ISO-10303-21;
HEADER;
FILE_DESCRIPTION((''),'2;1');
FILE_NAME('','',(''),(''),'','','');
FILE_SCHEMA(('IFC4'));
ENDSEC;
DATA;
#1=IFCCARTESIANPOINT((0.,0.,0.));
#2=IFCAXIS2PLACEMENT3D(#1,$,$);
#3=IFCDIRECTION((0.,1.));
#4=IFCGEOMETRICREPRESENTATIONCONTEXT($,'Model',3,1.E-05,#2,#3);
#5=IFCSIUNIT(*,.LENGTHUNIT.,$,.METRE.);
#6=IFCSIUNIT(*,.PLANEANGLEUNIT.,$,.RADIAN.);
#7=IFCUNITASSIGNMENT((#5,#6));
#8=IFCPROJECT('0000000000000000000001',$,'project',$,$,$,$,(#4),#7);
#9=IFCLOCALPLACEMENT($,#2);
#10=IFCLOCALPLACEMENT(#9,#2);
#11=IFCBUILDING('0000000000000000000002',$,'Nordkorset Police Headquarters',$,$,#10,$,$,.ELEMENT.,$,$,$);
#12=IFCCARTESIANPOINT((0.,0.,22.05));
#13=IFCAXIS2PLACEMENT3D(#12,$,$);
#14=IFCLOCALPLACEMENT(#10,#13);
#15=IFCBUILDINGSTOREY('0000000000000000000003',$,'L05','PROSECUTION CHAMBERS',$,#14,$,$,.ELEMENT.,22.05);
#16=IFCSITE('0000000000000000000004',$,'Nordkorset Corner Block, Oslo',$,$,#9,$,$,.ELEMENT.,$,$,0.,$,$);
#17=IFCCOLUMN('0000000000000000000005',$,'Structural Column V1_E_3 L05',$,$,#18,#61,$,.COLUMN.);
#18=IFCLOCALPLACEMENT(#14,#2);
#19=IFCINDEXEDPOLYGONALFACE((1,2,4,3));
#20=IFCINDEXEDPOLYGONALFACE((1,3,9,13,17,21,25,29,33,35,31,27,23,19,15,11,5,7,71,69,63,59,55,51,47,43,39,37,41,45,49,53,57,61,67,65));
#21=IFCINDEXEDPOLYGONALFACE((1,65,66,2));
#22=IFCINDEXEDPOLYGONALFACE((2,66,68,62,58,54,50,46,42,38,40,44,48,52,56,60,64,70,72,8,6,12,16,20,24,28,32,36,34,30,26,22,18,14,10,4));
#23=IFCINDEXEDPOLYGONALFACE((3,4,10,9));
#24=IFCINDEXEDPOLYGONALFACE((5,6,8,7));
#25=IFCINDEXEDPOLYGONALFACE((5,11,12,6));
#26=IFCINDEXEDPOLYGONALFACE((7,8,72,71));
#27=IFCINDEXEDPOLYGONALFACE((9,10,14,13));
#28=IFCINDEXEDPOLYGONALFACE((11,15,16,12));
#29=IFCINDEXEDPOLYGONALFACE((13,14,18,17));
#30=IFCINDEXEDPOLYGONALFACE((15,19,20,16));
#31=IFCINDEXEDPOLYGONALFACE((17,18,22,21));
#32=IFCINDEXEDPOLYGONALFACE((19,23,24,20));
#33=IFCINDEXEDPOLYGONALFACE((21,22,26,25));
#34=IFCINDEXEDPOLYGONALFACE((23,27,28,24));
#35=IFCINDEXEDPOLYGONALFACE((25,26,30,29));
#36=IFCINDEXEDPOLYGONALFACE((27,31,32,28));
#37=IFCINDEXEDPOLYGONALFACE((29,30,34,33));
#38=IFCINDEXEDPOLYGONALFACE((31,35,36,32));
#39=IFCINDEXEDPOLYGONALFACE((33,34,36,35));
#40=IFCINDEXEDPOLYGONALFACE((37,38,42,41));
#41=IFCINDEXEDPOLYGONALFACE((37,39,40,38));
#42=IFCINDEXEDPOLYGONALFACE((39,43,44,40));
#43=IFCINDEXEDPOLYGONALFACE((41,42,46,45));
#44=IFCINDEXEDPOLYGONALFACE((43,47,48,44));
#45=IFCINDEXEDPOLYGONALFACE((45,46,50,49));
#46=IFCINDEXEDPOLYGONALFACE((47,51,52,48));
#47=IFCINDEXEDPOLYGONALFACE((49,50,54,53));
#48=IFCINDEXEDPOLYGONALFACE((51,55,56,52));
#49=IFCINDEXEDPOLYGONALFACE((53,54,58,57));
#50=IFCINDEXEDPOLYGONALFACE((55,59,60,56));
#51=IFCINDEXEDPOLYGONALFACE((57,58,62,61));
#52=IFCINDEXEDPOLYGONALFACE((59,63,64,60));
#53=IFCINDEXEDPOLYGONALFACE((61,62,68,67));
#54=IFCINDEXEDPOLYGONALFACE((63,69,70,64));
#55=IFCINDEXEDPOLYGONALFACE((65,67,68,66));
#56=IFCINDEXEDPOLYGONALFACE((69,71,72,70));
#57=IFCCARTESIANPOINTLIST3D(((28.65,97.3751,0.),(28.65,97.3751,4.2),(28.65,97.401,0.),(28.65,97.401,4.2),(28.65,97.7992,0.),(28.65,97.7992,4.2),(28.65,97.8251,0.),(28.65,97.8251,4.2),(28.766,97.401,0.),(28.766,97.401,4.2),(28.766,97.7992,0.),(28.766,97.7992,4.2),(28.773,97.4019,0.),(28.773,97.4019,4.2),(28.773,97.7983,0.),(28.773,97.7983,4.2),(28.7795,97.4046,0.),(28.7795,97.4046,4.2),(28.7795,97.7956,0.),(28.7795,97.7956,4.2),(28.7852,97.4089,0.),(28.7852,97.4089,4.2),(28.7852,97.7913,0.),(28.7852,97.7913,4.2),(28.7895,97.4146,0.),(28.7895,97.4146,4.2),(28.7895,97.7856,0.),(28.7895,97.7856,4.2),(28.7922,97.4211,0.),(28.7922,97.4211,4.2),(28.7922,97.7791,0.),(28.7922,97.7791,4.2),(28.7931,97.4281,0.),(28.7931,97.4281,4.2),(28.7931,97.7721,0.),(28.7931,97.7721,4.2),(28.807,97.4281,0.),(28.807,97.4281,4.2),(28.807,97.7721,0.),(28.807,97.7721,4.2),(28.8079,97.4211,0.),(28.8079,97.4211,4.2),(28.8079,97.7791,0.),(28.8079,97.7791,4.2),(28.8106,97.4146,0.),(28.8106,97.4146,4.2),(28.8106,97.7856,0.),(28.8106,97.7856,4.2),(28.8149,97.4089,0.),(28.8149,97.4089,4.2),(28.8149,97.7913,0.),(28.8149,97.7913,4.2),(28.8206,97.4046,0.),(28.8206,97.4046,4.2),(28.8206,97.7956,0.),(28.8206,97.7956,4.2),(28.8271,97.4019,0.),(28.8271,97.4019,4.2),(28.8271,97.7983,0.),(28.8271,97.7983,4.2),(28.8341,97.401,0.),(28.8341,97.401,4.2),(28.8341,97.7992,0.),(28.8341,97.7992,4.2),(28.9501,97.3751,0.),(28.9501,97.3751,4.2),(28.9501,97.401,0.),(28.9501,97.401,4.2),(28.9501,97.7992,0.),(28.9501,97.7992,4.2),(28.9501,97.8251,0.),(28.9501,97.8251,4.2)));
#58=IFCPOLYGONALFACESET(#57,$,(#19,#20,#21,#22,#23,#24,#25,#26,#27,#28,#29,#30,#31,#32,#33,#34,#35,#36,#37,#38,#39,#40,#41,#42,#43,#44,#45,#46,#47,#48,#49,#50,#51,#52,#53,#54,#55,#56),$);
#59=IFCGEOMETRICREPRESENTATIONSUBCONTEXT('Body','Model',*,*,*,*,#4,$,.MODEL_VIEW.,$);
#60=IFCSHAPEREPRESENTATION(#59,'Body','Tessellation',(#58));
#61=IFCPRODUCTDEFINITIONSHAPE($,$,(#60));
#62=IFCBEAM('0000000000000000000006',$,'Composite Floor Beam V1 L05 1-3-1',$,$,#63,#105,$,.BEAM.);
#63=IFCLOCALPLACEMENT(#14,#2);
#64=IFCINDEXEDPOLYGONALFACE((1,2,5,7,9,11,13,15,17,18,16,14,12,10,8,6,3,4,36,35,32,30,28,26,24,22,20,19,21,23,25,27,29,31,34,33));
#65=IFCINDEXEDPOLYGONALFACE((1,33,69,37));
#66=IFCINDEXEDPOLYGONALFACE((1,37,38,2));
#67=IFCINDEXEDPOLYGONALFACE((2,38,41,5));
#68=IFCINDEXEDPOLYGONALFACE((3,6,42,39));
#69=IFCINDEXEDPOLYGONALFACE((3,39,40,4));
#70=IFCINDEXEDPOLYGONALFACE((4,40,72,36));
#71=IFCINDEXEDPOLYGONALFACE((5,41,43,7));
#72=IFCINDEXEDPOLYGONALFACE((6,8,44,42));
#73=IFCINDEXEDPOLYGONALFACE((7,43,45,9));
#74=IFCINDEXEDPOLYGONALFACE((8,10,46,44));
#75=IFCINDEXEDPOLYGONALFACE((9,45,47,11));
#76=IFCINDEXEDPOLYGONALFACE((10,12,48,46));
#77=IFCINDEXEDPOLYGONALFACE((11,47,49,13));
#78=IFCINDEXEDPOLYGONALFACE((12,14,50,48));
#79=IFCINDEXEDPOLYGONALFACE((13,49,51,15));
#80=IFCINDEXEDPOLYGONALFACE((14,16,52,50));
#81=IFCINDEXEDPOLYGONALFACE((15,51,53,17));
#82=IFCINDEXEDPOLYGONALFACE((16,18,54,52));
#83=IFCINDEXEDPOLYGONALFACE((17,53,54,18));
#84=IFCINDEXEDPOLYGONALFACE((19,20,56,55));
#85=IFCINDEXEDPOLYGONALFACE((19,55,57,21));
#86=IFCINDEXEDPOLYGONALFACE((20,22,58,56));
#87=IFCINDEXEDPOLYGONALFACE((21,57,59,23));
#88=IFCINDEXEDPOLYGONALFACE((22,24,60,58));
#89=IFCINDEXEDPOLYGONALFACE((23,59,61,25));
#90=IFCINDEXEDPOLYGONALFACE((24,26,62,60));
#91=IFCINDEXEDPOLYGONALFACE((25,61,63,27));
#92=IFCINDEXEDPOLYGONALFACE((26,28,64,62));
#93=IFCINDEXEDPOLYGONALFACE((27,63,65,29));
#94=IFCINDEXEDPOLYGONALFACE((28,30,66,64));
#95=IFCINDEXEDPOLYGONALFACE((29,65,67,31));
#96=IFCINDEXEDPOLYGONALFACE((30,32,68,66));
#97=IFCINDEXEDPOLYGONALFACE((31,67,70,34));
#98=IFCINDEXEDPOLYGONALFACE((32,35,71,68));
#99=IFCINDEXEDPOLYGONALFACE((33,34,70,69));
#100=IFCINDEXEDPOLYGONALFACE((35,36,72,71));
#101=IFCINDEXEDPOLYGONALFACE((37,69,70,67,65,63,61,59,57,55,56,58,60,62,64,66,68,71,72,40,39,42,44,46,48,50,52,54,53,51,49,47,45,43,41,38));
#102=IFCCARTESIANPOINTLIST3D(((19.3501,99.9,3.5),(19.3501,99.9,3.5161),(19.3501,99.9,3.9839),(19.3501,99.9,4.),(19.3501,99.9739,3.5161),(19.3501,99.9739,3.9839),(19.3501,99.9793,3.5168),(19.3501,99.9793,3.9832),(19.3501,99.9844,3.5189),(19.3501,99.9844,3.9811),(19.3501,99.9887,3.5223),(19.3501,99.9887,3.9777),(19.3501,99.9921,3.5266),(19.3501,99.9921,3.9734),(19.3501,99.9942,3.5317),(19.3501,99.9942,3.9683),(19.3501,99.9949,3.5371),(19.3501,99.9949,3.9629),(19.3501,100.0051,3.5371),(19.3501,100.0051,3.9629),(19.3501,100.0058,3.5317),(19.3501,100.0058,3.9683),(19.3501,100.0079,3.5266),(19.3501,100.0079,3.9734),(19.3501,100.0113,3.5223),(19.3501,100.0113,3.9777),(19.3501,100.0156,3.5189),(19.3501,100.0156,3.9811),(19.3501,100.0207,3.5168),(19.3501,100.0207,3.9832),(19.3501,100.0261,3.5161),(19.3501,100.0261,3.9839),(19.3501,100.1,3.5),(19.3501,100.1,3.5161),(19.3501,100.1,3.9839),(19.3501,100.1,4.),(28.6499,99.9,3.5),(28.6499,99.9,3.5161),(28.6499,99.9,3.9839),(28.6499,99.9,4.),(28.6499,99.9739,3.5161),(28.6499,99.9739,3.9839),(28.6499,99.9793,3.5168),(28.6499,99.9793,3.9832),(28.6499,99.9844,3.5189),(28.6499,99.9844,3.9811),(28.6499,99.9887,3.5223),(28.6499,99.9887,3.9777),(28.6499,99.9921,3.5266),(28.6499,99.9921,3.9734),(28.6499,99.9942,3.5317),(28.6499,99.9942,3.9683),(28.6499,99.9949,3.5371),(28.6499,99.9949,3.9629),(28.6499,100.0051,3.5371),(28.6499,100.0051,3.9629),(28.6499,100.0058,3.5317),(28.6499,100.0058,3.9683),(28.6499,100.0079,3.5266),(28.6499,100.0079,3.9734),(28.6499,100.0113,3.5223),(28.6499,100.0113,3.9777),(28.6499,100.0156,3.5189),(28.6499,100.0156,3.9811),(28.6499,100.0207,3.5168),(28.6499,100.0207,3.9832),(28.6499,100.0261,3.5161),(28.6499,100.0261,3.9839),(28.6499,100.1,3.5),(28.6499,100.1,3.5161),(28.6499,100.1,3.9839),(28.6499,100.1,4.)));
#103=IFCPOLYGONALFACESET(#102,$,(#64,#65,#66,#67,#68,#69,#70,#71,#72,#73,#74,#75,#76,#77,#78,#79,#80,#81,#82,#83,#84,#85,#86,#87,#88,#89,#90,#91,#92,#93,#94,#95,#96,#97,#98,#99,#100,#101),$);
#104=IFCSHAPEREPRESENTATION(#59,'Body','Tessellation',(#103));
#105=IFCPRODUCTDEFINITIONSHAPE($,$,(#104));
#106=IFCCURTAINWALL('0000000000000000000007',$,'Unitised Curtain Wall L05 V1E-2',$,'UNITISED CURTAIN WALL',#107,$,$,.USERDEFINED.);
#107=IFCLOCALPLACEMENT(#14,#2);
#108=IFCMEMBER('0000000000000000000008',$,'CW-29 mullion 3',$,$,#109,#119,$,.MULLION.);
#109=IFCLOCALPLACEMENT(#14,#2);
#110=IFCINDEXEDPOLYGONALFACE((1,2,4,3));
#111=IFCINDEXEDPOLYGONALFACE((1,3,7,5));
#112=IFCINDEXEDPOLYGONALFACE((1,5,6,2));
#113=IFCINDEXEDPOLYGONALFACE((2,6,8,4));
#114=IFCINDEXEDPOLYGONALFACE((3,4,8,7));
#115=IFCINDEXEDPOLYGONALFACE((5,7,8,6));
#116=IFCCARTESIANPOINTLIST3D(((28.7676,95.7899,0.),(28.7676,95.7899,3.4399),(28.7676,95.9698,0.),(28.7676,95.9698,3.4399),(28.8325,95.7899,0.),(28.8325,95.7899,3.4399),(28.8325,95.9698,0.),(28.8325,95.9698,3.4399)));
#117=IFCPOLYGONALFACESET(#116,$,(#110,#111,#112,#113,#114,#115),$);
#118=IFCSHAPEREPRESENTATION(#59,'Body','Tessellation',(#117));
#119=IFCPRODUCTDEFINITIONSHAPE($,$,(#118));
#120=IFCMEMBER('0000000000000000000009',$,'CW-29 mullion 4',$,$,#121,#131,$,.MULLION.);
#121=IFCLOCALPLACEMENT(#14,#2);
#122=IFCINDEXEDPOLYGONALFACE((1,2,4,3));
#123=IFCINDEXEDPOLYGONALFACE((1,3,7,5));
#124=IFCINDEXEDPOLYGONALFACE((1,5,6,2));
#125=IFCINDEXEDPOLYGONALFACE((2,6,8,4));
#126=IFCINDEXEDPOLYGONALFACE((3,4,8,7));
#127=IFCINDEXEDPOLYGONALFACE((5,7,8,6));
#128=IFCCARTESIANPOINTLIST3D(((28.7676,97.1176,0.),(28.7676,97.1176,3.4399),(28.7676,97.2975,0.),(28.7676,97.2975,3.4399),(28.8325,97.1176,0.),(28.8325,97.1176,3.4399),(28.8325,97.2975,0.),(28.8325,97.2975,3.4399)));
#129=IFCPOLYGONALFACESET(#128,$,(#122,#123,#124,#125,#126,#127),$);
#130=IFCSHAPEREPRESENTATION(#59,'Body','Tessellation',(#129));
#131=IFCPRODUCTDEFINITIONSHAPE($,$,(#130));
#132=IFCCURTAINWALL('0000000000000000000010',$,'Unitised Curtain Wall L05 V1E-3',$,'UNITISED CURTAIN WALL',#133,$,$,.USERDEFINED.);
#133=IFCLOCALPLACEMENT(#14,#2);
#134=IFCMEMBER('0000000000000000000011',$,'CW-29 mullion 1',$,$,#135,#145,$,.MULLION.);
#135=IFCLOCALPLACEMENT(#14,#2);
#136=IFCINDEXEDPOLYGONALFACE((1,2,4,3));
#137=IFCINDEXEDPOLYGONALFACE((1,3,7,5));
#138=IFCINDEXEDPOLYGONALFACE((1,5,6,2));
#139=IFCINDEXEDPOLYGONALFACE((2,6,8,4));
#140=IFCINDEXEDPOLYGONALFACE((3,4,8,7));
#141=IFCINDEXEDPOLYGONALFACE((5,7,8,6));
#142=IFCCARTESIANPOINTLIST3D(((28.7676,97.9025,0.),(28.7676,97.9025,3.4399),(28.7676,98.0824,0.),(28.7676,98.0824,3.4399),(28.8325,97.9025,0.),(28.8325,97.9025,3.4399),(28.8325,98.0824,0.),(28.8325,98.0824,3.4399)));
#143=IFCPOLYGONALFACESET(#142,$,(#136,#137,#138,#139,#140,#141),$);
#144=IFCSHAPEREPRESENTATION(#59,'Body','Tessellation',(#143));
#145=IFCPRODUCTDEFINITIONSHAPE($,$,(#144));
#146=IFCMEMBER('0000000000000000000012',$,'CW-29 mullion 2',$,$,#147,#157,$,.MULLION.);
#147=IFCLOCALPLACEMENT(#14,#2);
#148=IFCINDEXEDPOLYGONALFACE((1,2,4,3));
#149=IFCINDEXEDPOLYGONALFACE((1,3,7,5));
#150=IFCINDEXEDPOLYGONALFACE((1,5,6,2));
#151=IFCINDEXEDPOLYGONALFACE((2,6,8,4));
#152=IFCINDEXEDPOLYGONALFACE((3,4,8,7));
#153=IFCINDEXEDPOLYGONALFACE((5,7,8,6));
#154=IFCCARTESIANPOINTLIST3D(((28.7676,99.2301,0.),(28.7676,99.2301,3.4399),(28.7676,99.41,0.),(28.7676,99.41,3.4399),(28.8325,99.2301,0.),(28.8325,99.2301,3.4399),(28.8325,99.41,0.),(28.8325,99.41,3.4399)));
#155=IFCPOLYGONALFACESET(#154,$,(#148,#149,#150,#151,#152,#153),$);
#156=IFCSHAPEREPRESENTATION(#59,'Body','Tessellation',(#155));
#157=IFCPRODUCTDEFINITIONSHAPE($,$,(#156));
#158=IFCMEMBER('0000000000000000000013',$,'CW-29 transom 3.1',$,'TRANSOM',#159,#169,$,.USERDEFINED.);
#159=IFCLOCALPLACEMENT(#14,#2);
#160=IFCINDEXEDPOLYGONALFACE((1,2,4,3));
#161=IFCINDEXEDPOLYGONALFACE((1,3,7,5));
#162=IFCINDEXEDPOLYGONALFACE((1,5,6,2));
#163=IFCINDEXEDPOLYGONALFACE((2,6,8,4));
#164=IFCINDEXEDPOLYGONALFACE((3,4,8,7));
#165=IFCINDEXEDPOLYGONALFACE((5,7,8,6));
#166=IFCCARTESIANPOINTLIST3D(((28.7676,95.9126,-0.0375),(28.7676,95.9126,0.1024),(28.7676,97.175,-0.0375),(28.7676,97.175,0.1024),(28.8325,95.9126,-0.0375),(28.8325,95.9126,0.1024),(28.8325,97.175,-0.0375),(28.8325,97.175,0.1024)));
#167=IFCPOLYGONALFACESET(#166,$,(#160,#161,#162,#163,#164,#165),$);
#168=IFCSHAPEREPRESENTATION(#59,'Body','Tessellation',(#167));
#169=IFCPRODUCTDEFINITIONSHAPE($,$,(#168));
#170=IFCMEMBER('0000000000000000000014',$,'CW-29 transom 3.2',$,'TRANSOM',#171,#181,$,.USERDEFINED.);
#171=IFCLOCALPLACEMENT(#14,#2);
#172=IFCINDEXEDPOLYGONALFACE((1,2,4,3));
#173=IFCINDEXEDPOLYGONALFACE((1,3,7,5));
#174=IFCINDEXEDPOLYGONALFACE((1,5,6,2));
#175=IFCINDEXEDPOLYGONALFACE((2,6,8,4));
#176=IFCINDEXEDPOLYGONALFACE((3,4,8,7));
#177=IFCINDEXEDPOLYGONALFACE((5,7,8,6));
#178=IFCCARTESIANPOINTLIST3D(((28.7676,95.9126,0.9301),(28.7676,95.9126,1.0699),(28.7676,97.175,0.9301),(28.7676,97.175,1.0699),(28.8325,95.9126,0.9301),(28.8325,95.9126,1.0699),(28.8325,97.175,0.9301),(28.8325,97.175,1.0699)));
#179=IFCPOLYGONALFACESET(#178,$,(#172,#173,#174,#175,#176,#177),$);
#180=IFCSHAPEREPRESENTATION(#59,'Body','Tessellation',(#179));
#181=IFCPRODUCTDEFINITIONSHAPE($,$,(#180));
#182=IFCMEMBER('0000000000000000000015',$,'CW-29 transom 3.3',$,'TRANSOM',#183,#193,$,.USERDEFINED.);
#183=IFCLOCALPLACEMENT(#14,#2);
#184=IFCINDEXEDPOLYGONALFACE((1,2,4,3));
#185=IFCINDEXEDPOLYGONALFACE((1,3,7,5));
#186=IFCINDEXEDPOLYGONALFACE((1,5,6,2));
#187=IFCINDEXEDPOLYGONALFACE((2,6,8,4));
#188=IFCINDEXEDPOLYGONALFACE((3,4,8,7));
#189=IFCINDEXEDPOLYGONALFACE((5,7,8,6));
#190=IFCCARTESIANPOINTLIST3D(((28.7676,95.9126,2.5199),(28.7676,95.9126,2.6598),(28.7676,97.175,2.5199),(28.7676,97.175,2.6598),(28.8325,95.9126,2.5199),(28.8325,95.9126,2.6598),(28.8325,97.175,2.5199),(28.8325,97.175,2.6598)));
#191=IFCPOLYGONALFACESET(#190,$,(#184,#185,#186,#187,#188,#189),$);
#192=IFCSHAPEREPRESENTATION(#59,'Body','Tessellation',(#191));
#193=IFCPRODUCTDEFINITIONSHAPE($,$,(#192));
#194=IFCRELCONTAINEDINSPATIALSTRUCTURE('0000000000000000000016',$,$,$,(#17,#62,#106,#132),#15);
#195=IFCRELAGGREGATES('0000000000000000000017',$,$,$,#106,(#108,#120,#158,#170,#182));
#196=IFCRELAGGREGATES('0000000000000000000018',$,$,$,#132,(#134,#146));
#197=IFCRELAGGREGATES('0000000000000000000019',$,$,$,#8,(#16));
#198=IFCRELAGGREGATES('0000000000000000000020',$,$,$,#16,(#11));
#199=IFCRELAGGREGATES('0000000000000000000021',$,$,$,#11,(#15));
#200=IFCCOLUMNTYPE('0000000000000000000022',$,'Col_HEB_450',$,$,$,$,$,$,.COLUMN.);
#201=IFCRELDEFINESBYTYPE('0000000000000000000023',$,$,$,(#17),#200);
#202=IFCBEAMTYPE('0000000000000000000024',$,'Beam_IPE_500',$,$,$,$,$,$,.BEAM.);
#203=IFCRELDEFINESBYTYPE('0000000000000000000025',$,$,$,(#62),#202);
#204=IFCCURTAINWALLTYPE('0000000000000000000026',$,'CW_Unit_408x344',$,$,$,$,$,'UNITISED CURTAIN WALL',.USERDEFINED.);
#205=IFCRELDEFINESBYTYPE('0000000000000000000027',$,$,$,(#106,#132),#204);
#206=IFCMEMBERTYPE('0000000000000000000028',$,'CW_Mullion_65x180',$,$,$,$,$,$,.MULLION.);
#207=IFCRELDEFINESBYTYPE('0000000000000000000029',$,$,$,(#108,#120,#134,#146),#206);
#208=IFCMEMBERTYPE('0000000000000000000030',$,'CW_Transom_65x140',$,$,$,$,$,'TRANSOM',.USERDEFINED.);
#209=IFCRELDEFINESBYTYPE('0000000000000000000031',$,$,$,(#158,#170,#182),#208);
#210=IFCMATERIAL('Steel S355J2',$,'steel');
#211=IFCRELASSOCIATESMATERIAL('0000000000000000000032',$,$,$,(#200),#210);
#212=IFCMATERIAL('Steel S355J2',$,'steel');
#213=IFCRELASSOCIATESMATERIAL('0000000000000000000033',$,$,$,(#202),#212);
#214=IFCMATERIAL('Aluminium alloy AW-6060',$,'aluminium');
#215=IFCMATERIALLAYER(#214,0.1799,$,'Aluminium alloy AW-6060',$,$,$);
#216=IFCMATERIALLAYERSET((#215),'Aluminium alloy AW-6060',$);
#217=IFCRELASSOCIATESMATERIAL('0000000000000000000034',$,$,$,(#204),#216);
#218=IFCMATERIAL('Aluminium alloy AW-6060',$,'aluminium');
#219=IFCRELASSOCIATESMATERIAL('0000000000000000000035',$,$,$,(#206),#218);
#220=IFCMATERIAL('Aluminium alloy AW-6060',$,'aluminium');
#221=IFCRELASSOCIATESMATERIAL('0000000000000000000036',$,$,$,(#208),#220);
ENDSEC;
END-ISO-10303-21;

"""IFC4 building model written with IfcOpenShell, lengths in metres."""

from ifc_helpers import new_model, si_unit, direction, frame, origin, origin_2d, place, context, subcontext, project, spatial, rectangle, i_section, extrude, material, layer, layer_set, material_profile, profile_set, type_object, element, aggregate, save


model = new_model("IFC4")

# Units and contexts
model_context = context("Model", 3, precision=1e-05, world=origin(), true_north=direction((0.0, 1.0)))
body_context = subcontext(model_context, "Body", "Model", "MODEL_VIEW")
ifc_project = project(units=[si_unit("LENGTHUNIT", "METRE"), si_unit("PLANEANGLEUNIT", "RADIAN")], contexts=[model_context])

# Site, building, storey
site_placement = place(None, origin())
site = spatial("IfcSite", under=ifc_project, at=site_placement, Name="Nordkorset Corner Block, Oslo", CompositionType="ELEMENT", RefElevation=0.0)
building_placement = place(site_placement, origin())
building = spatial("IfcBuilding", under=site, at=building_placement, Name="Nordkorset Police Headquarters", CompositionType="ELEMENT")
storey_placement = place(building_placement, frame((0.0, 0.0, 22.05)))
storey = spatial("IfcBuildingStorey", under=building, at=storey_placement, Name="L05", Description="PROSECUTION CHAMBERS", CompositionType="ELEMENT", Elevation=22.05)

# Column
ifc_material_1 = material(Name="Steel S355J2", Category="steel")
ifc_material_profile_1 = material_profile(ifc_material_1, i_section(OverallWidth=0.3, OverallDepth=0.45, WebThickness=0.0139, FlangeThickness=0.0259, FilletRadius=0.0271, at=origin_2d()), Name="HEB 450")
ifc_profile_set_1 = profile_set([ifc_material_profile_1], Name="Steel S355J2")
column_type = type_object("IfcColumnType", Name="Col_HEB_450", PredefinedType="COLUMN", material=ifc_profile_set_1)
column_placement = place(storey_placement, frame((28.8, 97.6001, 0.0), z_axis=(0.0, 0.0, 1.0), x_axis=(1.0, 0.0, 0.0)))
element("IfcColumn", 1, at=column_placement, inside=storey, type_object=column_type, Name="Structural Column V1_E_3 L05", PredefinedType="COLUMN", context=body_context, shape_type="SweptSolid", body=[
    extrude(i_section(OverallWidth=0.3, OverallDepth=0.45, WebThickness=0.0139, FlangeThickness=0.0259, FilletRadius=0.0271, at=origin_2d()), origin(), (0.0, 0.0, 1.0), 4.2),
])

# Beam
ifc_material_2 = material(Name="Steel S355J2", Category="steel")
ifc_material_profile_2 = material_profile(ifc_material_2, i_section(OverallWidth=0.2, OverallDepth=0.5, WebThickness=0.0103, FlangeThickness=0.0161, FilletRadius=0.021, at=origin_2d()), Name="IPE 500")
ifc_profile_set_2 = profile_set([ifc_material_profile_2], Name="Steel S355J2")
beam_type_1 = type_object("IfcBeamType", Name="Beam_IPE_500", PredefinedType="BEAM", material=ifc_profile_set_2)
beam_1_placement = place(storey_placement, frame((19.3501, 100.0, 3.75), z_axis=(1.0, 0.0, 0.0), x_axis=(0.0, 1.0, 0.0)))
element("IfcBeam", 2, at=beam_1_placement, inside=storey, type_object=beam_type_1, Name="Composite Floor Beam V1 L05 1-3-1", PredefinedType="BEAM", context=body_context, shape_type="SweptSolid", body=[
    extrude(i_section(OverallWidth=0.2, OverallDepth=0.5, WebThickness=0.0103, FlangeThickness=0.0161, FilletRadius=0.021, at=origin_2d()), origin(), (0.0, 0.0, 1.0), 9.2998),
])

# Curtain walls, members
ifc_material_3 = material(Name="Aluminium alloy AW-6060", Category="aluminium")
ifc_layer_1 = layer(ifc_material_3, 0.1799, Name="Aluminium alloy AW-6060")
ifc_layer_set_1 = layer_set([ifc_layer_1], Name="Aluminium alloy AW-6060")
curtain_wall_type = type_object("IfcCurtainWallType", Name="CW_Unit_408x344", ElementType="UNITISED CURTAIN WALL", PredefinedType="USERDEFINED", material=ifc_layer_set_1)
curtain_wall_1_placement = place(storey_placement, origin())
curtain_wall_1 = element("IfcCurtainWall", 3, at=curtain_wall_1_placement, inside=storey, type_object=curtain_wall_type, Name="Unitised Curtain Wall L05 V1E-2", ObjectType="UNITISED CURTAIN WALL", PredefinedType="USERDEFINED")
ifc_material_4 = material(Name="Aluminium alloy AW-6060", Category="aluminium")
ifc_material_profile_3 = material_profile(ifc_material_4, rectangle(XDim=0.0649, YDim=0.1799, at=origin_2d()), Name="ALU MULL 65x180")
ifc_profile_set_3 = profile_set([ifc_material_profile_3], Name="Aluminium alloy AW-6060")
member_type_1 = type_object("IfcMemberType", Name="CW_Mullion_65x180", PredefinedType="MULLION", material=ifc_profile_set_3)
member_1_placement = place(storey_placement, frame((28.8, 95.8799, 0.0), z_axis=(0.0, 0.0, 1.0), x_axis=(-1.0, 0.0, 0.0)))
member_1 = element("IfcMember", 4, at=member_1_placement, type_object=member_type_1, Name="CW-29 mullion 3", PredefinedType="MULLION", context=body_context, shape_type="SweptSolid", body=[
    extrude(rectangle(XDim=0.0649, YDim=0.1799, at=origin_2d()), origin(), (0.0, 0.0, 1.0), 3.4399),
])
member_2_placement = place(storey_placement, frame((28.8, 97.2075, 0.0), z_axis=(0.0, 0.0, 1.0), x_axis=(-1.0, 0.0, 0.0)))
member_2 = element("IfcMember", 5, at=member_2_placement, type_object=member_type_1, Name="CW-29 mullion 4", PredefinedType="MULLION", context=body_context, shape_type="SweptSolid", body=[
    extrude(rectangle(XDim=0.0649, YDim=0.1799, at=origin_2d()), origin(), (0.0, 0.0, 1.0), 3.4399),
])
curtain_wall_2_placement = place(storey_placement, origin())
curtain_wall_2 = element("IfcCurtainWall", 6, at=curtain_wall_2_placement, inside=storey, type_object=curtain_wall_type, Name="Unitised Curtain Wall L05 V1E-3", ObjectType="UNITISED CURTAIN WALL", PredefinedType="USERDEFINED")
member_3_placement = place(storey_placement, frame((28.8, 97.9924, 0.0), z_axis=(0.0, 0.0, 1.0), x_axis=(-1.0, 0.0, 0.0)))
member_3 = element("IfcMember", 7, at=member_3_placement, type_object=member_type_1, Name="CW-29 mullion 1", PredefinedType="MULLION", context=body_context, shape_type="SweptSolid", body=[
    extrude(rectangle(XDim=0.0649, YDim=0.1799, at=origin_2d()), origin(), (0.0, 0.0, 1.0), 3.4399),
])
member_4_placement = place(storey_placement, frame((28.8, 99.3201, 0.0), z_axis=(0.0, 0.0, 1.0), x_axis=(-1.0, 0.0, 0.0)))
member_4 = element("IfcMember", 8, at=member_4_placement, type_object=member_type_1, Name="CW-29 mullion 2", PredefinedType="MULLION", context=body_context, shape_type="SweptSolid", body=[
    extrude(rectangle(XDim=0.0649, YDim=0.1799, at=origin_2d()), origin(), (0.0, 0.0, 1.0), 3.4399),
])

# Members
ifc_material_5 = material(Name="Aluminium alloy AW-6060", Category="aluminium")
ifc_material_profile_4 = material_profile(ifc_material_5, rectangle(XDim=0.0649, YDim=0.1399, at=origin_2d()), Name="ALU TRAN 65x140")
ifc_profile_set_4 = profile_set([ifc_material_profile_4], Name="Aluminium alloy AW-6060")
member_type_2 = type_object("IfcMemberType", Name="CW_Transom_65x140", ElementType="TRANSOM", PredefinedType="USERDEFINED", material=ifc_profile_set_4)
member_5_placement = place(storey_placement, frame((28.8, 95.9126, 0.0325), z_axis=(0.0, 1.0, 0.0), x_axis=(-1.0, 0.0, 0.0)))
member_5 = element("IfcMember", 9, at=member_5_placement, type_object=member_type_2, Name="CW-29 transom 3.1", ObjectType="TRANSOM", PredefinedType="USERDEFINED", context=body_context, shape_type="SweptSolid", body=[
    extrude(rectangle(XDim=0.0649, YDim=0.1399, at=origin_2d()), origin(), (0.0, 0.0, 1.0), 1.2625),
])
member_6_placement = place(storey_placement, frame((28.8, 95.9126, 1.0), z_axis=(0.0, 1.0, 0.0), x_axis=(-1.0, 0.0, 0.0)))
member_6 = element("IfcMember", 10, at=member_6_placement, type_object=member_type_2, Name="CW-29 transom 3.2", ObjectType="TRANSOM", PredefinedType="USERDEFINED", context=body_context, shape_type="SweptSolid", body=[
    extrude(rectangle(XDim=0.0649, YDim=0.1399, at=origin_2d()), origin(), (0.0, 0.0, 1.0), 1.2625),
])
member_7_placement = place(storey_placement, frame((28.8, 95.9126, 2.5898), z_axis=(0.0, 1.0, 0.0), x_axis=(-1.0, 0.0, 0.0)))
member_7 = element("IfcMember", 11, at=member_7_placement, type_object=member_type_2, Name="CW-29 transom 3.3", ObjectType="TRANSOM", PredefinedType="USERDEFINED", context=body_context, shape_type="SweptSolid", body=[
    extrude(rectangle(XDim=0.0649, YDim=0.1399, at=origin_2d()), origin(), (0.0, 0.0, 1.0), 1.2625),
])

aggregate(curtain_wall_1, [member_1, member_2, member_5, member_6, member_7])
aggregate(curtain_wall_2, [member_3, member_4])

save(model, "model.ifc")
